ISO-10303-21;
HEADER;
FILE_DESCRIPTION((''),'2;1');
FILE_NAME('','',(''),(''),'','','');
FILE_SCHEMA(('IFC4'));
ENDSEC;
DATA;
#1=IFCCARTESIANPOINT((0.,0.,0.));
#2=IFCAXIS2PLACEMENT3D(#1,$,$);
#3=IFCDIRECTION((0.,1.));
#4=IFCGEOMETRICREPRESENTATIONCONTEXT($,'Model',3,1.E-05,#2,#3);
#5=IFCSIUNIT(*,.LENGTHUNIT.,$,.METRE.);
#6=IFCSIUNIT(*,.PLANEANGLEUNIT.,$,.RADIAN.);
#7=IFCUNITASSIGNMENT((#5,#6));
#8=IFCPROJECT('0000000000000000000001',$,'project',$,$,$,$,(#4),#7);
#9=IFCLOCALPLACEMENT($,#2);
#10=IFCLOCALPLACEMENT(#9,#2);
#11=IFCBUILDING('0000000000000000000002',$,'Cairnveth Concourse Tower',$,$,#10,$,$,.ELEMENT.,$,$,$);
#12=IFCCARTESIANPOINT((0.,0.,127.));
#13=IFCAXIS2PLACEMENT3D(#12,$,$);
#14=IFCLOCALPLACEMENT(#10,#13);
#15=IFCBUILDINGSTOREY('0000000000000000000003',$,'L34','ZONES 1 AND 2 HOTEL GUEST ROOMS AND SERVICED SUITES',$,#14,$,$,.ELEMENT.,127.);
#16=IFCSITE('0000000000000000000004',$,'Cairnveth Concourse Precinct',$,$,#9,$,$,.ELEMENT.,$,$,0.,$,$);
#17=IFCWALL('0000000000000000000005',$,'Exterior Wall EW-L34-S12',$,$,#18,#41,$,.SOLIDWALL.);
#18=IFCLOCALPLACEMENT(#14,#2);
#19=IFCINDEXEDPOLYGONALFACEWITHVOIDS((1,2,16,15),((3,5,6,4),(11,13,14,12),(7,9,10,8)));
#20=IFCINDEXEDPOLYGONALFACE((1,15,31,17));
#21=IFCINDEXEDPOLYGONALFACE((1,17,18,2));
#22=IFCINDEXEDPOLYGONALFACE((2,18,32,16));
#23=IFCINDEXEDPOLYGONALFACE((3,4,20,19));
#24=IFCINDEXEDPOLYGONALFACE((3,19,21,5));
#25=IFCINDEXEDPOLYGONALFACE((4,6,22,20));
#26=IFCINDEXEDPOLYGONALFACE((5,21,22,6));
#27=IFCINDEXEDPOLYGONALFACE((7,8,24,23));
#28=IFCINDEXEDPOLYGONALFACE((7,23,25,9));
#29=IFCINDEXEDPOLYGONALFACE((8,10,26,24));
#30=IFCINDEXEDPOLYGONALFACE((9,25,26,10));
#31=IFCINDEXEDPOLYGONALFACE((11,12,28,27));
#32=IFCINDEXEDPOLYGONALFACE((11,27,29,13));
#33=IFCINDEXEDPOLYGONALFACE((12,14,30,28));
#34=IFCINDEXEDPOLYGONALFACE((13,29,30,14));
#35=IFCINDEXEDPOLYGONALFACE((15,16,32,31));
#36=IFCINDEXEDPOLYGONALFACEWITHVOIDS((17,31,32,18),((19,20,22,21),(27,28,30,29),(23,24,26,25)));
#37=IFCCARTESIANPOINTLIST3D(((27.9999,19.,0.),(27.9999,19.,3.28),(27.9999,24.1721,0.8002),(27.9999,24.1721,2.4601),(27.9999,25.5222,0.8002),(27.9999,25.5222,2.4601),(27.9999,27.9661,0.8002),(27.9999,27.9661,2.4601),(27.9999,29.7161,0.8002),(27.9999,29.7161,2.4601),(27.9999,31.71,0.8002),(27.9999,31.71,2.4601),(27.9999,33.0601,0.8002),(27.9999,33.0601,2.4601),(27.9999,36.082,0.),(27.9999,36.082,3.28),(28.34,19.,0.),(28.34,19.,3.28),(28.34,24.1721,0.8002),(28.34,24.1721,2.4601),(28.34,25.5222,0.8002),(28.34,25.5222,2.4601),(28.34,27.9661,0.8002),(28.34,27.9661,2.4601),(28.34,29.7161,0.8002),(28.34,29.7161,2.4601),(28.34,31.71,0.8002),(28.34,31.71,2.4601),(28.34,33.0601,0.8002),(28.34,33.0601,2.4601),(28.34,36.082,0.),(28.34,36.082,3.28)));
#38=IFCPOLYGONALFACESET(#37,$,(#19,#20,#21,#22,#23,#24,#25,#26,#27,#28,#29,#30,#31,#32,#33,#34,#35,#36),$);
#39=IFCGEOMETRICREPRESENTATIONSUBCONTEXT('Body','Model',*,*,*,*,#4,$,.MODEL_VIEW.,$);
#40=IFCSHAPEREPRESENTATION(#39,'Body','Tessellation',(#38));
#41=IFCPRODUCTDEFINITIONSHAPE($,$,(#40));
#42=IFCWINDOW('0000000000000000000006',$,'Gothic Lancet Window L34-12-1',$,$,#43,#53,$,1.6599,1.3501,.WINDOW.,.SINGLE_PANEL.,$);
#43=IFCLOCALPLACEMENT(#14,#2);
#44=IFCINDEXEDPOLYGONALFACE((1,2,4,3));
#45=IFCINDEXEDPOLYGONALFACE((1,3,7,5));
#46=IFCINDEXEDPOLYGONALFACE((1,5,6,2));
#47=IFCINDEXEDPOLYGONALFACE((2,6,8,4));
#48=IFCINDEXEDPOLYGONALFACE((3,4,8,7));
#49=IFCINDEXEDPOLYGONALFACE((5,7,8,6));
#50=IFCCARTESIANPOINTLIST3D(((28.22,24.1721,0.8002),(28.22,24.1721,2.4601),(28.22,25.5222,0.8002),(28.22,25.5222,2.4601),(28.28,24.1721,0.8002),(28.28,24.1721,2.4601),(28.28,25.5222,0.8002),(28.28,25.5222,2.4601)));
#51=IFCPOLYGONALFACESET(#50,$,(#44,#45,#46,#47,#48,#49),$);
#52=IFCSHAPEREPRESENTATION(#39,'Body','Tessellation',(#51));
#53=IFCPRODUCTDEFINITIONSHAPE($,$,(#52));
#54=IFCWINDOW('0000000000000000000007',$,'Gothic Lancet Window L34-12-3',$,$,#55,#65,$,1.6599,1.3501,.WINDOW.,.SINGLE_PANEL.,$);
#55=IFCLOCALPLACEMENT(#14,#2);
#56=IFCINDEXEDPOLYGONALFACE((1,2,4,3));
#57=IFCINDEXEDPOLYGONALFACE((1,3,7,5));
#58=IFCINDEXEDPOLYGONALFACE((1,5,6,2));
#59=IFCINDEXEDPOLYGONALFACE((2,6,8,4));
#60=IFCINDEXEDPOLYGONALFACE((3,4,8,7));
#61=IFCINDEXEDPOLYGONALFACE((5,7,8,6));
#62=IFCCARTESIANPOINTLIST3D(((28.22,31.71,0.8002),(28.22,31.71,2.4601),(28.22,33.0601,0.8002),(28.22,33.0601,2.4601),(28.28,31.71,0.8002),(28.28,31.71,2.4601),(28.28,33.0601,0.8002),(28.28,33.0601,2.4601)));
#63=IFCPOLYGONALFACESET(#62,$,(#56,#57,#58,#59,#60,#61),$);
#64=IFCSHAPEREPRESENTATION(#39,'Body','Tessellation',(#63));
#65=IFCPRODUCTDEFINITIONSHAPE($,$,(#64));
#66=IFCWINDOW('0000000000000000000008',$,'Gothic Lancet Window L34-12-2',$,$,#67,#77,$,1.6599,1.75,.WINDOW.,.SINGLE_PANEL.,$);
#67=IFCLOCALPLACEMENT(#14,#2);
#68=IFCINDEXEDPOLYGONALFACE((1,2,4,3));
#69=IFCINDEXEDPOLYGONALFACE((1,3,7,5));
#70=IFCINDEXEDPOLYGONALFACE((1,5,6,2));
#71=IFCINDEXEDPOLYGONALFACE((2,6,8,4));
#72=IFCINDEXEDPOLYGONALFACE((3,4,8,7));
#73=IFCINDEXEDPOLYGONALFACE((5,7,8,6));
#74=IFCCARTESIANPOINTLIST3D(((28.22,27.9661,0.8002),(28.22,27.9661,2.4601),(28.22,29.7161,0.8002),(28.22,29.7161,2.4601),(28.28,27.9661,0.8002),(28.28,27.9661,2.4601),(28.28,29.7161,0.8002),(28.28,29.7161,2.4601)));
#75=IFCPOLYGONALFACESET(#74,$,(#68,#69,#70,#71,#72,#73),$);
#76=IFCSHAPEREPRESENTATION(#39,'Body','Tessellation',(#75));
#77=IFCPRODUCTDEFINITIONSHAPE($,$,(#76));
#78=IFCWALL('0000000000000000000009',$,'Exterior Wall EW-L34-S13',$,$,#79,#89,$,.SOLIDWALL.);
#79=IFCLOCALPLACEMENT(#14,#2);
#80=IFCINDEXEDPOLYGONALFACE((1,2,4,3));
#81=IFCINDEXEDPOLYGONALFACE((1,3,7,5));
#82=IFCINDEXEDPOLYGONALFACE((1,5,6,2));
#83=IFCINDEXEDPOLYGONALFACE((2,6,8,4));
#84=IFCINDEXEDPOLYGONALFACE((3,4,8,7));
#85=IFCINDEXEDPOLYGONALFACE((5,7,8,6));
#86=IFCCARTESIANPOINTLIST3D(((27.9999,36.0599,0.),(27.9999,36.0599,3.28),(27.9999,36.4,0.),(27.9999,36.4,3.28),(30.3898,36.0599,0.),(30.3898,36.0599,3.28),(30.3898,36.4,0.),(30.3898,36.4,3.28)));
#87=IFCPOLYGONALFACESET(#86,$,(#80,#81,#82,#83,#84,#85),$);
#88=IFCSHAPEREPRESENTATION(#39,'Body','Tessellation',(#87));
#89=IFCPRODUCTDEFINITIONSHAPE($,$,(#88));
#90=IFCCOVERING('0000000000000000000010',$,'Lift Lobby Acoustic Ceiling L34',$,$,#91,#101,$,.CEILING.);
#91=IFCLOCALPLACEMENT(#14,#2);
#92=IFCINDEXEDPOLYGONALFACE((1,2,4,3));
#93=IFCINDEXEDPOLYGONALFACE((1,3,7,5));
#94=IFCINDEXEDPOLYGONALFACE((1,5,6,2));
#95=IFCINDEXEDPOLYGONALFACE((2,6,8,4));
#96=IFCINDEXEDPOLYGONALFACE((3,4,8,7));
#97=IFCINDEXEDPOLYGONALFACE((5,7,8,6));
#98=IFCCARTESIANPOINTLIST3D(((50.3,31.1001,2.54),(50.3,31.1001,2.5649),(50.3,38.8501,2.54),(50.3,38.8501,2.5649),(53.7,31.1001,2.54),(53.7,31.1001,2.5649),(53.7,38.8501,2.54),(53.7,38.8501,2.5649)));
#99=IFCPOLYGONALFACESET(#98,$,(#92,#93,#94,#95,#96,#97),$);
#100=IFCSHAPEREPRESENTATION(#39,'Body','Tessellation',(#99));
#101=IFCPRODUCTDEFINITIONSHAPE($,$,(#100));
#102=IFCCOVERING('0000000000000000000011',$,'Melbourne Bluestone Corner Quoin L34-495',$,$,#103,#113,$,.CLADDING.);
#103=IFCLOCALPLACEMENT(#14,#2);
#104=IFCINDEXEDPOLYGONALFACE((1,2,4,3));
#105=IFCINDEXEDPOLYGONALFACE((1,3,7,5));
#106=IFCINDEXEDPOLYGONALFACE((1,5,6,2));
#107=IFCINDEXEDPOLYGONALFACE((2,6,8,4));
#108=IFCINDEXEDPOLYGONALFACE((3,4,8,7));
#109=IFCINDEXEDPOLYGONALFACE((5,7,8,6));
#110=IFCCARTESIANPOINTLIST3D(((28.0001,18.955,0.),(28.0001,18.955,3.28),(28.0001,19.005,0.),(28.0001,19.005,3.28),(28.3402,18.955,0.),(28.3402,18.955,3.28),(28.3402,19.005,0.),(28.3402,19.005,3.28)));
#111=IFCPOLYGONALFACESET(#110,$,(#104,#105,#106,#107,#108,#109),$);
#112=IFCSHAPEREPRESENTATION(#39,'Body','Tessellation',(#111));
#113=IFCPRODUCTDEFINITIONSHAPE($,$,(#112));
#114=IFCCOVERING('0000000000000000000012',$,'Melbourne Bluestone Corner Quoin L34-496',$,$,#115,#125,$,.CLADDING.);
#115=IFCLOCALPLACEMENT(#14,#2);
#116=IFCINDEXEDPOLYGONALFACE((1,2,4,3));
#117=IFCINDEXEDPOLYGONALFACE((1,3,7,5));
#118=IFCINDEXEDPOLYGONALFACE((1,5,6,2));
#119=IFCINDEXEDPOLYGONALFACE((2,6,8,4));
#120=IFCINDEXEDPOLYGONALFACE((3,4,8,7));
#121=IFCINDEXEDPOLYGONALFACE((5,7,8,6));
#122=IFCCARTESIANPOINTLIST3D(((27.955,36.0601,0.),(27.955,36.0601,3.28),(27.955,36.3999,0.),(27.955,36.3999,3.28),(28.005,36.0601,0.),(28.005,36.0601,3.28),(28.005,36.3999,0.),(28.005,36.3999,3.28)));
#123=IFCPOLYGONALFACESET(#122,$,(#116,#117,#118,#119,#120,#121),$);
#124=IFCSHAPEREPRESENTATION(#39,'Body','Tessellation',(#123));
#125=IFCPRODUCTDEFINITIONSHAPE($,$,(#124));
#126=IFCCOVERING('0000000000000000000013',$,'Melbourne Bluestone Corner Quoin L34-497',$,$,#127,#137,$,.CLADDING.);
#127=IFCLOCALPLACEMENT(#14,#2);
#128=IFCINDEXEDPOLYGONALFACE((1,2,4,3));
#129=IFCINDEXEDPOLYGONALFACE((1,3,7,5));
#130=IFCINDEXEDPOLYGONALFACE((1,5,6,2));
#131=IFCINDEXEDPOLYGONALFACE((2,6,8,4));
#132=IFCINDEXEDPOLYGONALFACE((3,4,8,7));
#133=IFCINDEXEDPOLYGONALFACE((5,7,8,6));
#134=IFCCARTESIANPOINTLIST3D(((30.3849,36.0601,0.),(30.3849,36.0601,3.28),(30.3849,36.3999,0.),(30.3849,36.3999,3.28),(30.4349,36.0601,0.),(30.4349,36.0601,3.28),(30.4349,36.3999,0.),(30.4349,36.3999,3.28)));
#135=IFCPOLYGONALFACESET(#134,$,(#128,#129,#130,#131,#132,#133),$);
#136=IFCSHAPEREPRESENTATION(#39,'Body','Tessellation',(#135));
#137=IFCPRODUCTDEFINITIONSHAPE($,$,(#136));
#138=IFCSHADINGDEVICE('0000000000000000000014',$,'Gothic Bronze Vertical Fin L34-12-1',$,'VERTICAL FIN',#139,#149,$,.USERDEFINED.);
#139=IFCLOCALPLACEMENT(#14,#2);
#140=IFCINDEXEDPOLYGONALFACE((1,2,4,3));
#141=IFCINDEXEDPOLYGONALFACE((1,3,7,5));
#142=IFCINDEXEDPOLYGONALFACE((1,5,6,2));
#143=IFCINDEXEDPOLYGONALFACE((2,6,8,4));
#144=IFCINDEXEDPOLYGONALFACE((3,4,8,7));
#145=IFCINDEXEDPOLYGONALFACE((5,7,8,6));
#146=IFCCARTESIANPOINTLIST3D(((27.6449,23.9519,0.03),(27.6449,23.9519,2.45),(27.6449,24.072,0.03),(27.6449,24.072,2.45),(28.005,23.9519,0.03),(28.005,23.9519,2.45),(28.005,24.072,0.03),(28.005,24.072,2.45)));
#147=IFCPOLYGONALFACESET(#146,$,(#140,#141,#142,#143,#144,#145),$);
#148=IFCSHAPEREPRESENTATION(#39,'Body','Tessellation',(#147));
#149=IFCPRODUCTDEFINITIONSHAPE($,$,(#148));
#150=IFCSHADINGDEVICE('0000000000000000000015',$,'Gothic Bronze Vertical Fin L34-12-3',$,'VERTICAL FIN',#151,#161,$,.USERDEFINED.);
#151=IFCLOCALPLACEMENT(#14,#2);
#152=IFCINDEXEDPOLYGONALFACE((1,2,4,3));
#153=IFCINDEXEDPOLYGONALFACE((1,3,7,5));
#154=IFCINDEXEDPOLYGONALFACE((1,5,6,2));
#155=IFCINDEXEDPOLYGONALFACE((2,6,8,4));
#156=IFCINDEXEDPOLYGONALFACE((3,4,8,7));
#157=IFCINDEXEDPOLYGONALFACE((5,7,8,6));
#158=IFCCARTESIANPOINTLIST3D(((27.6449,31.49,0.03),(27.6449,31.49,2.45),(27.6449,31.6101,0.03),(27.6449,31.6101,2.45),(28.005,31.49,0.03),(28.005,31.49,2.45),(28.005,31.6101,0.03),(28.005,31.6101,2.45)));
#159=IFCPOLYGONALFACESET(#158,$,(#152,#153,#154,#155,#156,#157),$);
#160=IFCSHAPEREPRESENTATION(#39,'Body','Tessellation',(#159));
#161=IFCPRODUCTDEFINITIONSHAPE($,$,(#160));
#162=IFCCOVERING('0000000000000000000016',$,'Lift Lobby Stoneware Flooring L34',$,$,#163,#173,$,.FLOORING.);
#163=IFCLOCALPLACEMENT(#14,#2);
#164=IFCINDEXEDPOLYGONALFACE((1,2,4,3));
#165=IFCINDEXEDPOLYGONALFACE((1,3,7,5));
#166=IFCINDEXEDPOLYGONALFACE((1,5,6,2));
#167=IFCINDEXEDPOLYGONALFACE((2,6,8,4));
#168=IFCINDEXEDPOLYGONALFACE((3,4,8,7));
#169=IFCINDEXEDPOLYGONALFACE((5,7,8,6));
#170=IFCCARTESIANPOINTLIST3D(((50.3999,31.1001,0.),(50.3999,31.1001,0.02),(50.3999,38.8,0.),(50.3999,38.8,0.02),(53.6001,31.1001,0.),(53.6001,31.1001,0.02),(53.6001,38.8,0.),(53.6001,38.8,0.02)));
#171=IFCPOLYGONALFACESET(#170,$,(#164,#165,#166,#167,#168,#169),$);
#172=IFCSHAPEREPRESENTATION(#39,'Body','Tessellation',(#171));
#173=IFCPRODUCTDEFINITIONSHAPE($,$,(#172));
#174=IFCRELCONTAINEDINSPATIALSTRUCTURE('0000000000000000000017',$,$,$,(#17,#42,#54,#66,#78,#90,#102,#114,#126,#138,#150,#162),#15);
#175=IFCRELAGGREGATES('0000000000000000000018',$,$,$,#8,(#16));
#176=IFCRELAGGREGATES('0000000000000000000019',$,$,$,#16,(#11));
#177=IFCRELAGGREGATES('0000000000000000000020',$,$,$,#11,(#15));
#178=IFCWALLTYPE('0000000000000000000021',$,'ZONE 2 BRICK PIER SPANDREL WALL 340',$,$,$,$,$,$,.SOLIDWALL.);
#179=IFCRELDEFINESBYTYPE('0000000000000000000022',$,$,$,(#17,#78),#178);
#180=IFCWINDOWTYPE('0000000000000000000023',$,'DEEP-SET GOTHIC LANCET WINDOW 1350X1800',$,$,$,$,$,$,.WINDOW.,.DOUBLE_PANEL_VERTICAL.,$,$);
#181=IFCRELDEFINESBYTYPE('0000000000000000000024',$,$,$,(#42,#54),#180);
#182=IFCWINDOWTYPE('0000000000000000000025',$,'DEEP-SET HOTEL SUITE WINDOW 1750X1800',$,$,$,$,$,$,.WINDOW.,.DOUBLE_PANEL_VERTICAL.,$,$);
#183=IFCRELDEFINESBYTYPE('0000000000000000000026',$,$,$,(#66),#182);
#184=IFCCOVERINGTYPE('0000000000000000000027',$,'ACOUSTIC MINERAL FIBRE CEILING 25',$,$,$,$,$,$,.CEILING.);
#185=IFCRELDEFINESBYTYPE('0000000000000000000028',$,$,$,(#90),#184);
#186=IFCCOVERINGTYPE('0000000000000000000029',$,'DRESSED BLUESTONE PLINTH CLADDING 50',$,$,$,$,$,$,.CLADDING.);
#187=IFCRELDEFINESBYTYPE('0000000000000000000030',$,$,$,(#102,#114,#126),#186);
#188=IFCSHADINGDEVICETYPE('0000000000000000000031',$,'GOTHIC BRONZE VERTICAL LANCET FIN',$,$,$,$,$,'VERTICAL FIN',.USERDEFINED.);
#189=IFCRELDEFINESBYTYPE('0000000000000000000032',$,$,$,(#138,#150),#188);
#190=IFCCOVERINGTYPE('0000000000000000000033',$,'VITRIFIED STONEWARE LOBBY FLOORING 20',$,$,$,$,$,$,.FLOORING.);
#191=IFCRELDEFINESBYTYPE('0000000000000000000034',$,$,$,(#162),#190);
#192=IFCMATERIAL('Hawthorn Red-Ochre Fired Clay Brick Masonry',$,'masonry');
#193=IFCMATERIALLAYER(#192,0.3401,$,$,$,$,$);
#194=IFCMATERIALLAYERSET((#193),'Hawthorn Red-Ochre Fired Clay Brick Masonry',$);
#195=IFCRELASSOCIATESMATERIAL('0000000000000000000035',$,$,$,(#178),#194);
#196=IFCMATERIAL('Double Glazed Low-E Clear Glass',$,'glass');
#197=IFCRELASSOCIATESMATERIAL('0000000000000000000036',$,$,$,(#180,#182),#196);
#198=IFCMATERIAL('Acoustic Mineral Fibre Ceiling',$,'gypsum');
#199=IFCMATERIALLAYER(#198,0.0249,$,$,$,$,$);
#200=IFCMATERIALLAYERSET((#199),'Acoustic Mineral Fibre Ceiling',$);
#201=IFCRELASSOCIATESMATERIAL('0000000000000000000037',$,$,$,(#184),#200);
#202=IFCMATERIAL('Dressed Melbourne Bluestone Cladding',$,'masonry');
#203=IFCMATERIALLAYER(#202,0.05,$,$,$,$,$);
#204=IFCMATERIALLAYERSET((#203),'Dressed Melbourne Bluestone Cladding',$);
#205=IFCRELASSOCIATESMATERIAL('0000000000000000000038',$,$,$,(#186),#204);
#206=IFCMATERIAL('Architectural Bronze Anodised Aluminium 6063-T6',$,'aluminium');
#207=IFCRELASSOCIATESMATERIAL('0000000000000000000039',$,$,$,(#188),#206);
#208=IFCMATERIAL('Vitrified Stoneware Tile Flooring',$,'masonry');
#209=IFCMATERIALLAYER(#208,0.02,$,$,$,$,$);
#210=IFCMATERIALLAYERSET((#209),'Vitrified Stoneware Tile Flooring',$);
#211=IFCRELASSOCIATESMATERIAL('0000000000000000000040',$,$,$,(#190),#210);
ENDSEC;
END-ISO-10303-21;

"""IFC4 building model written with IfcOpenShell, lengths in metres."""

from ifc_helpers import new_model, si_unit, direction, frame, frame_2d, origin, origin_2d, place, context, subcontext, project, spatial, polyline, rectangle, outline, extrude, material, layer, layer_set, type_object, element, fill, save


model = new_model("IFC4")

# Units and contexts
model_context = context("Model", 3, precision=1e-05, world=origin(), true_north=direction((0.0, 1.0)))
body_context = subcontext(model_context, "Body", "Model", "MODEL_VIEW")
ifc_project = project(units=[si_unit("LENGTHUNIT", "METRE"), si_unit("PLANEANGLEUNIT", "RADIAN")], contexts=[model_context])

# Site, building, storey
site_placement = place(None, origin())
site = spatial("IfcSite", under=ifc_project, at=site_placement, Name="Cairnveth Concourse Precinct", CompositionType="ELEMENT", RefElevation=0.0)
building_placement = place(site_placement, origin())
building = spatial("IfcBuilding", under=site, at=building_placement, Name="Cairnveth Concourse Tower", CompositionType="ELEMENT")
storey_placement = place(building_placement, frame((0.0, 0.0, 127.0)))
storey = spatial("IfcBuildingStorey", under=building, at=storey_placement, Name="L34", Description="ZONES 1 AND 2 HOTEL GUEST ROOMS AND SERVICED SUITES", CompositionType="ELEMENT", Elevation=127.0)

# Shared definitions
ifc_material_1 = material(Name="Hawthorn Red-Ochre Fired Clay Brick Masonry", Category="masonry")
ifc_layer_1 = layer(ifc_material_1, 0.3401)
ifc_layer_set_1 = layer_set([ifc_layer_1], Name="Hawthorn Red-Ochre Fired Clay Brick Masonry")
wall_type = type_object("IfcWallType", Name="ZONE 2 BRICK PIER SPANDREL WALL 340", PredefinedType="SOLIDWALL", material=ifc_layer_set_1)

# Wall, openings, windows
wall_1_placement = place(storey_placement, frame((28.1699, 19.0, 0.0), z_axis=(0.0, 0.0, 1.0), x_axis=(0.0, 1.0, 0.0)))
wall_1 = element("IfcWall", 1, at=wall_1_placement, inside=storey, type_object=wall_type, Name="Exterior Wall EW-L34-S12", PredefinedType="SOLIDWALL", context=body_context, shape_type="SweptSolid", body=[
    extrude(rectangle(XDim=17.082, YDim=0.3401, at=frame_2d((8.541, 0.0))), origin(), (0.0, 0.0, 1.0), 3.28),
])
opening_1_placement = place(wall_1_placement, frame((5.1721, 0.0, 0.8)))
opening_1 = element("IfcOpeningElement", 2, at=opening_1_placement, cuts=wall_1, PredefinedType="OPENING", context=body_context, shape_type="SweptSolid", body=[
    extrude(rectangle(XDim=1.3501, YDim=1.6599, at=frame_2d((0.675, 0.8301))), frame((0.0, 0.1799, 0.0), z_axis=(0.0, -1.0, 0.0), x_axis=(1.0, 0.0, 0.0)), (0.0, 0.0, 1.0), 0.3601),
])
opening_2_placement = place(wall_1_placement, frame((8.9661, 0.0, 0.8)))
opening_2 = element("IfcOpeningElement", 3, at=opening_2_placement, cuts=wall_1, PredefinedType="OPENING", context=body_context, shape_type="SweptSolid", body=[
    extrude(rectangle(XDim=1.75, YDim=1.6599, at=frame_2d((0.875, 0.8301))), frame((0.0, 0.1799, 0.0), z_axis=(0.0, -1.0, 0.0), x_axis=(1.0, 0.0, 0.0)), (0.0, 0.0, 1.0), 0.3601),
])
opening_3_placement = place(wall_1_placement, frame((12.71, 0.0, 0.8)))
opening_3 = element("IfcOpeningElement", 4, at=opening_3_placement, cuts=wall_1, PredefinedType="OPENING", context=body_context, shape_type="SweptSolid", body=[
    extrude(rectangle(XDim=1.3501, YDim=1.6599, at=frame_2d((0.675, 0.8301))), frame((0.0, 0.1799, 0.0), z_axis=(0.0, -1.0, 0.0), x_axis=(1.0, 0.0, 0.0)), (0.0, 0.0, 1.0), 0.3601),
])
ifc_material_2 = material(Name="Double Glazed Low-E Clear Glass", Category="glass")
window_type_1 = type_object("IfcWindowType", Name="DEEP-SET GOTHIC LANCET WINDOW 1350X1800", PartitioningType="DOUBLE_PANEL_VERTICAL", PredefinedType="WINDOW", material=ifc_material_2)
window_1_placement = place(opening_1_placement, origin())
window_1 = element("IfcWindow", 5, at=window_1_placement, inside=storey, type_object=window_type_1, Name="Gothic Lancet Window L34-12-1", OverallHeight=1.6599, OverallWidth=1.3501, PartitioningType="SINGLE_PANEL", PredefinedType="WINDOW", context=body_context, shape_type="SweptSolid", body=[
    extrude(rectangle(XDim=1.3501, YDim=1.6599, at=frame_2d((0.675, 0.8301))), frame((0.0, -0.05, 0.0), z_axis=(0.0, -1.0, 0.0), x_axis=(1.0, 0.0, 0.0)), (0.0, 0.0, 1.0), 0.0601),
])
fill(opening_1, window_1)
window_2_placement = place(opening_3_placement, origin())
window_2 = element("IfcWindow", 6, at=window_2_placement, inside=storey, type_object=window_type_1, Name="Gothic Lancet Window L34-12-3", OverallHeight=1.6599, OverallWidth=1.3501, PartitioningType="SINGLE_PANEL", PredefinedType="WINDOW", context=body_context, shape_type="SweptSolid", body=[
    extrude(rectangle(XDim=1.3501, YDim=1.6599, at=frame_2d((0.675, 0.8301))), frame((0.0, -0.05, 0.0), z_axis=(0.0, -1.0, 0.0), x_axis=(1.0, 0.0, 0.0)), (0.0, 0.0, 1.0), 0.0601),
])
fill(opening_3, window_2)
window_type_2 = type_object("IfcWindowType", Name="DEEP-SET HOTEL SUITE WINDOW 1750X1800", PartitioningType="DOUBLE_PANEL_VERTICAL", PredefinedType="WINDOW", material=ifc_material_2)
window_3_placement = place(opening_2_placement, origin())
window_3 = element("IfcWindow", 7, at=window_3_placement, inside=storey, type_object=window_type_2, Name="Gothic Lancet Window L34-12-2", OverallHeight=1.6599, OverallWidth=1.75, PartitioningType="SINGLE_PANEL", PredefinedType="WINDOW", context=body_context, shape_type="SweptSolid", body=[
    extrude(rectangle(XDim=1.75, YDim=1.6599, at=frame_2d((0.875, 0.8301))), frame((0.0, -0.05, 0.0), z_axis=(0.0, -1.0, 0.0), x_axis=(1.0, 0.0, 0.0)), (0.0, 0.0, 1.0), 0.0601),
])
fill(opening_2, window_3)

# Wall
wall_2_placement = place(storey_placement, frame((28.0, 36.23, 0.0), z_axis=(0.0, 0.0, 1.0), x_axis=(1.0, 0.0, 0.0)))
element("IfcWall", 8, at=wall_2_placement, inside=storey, type_object=wall_type, Name="Exterior Wall EW-L34-S13", PredefinedType="SOLIDWALL", context=body_context, shape_type="SweptSolid", body=[
    extrude(rectangle(XDim=2.3899, YDim=0.3401, at=frame_2d((1.1948, 0.0))), origin(), (0.0, 0.0, 1.0), 3.28),
])

# Shared definitions
ifc_material_3 = material(Name="Architectural Bronze Anodised Aluminium 6063-T6", Category="aluminium")

# Coverings
ifc_material_4 = material(Name="Acoustic Mineral Fibre Ceiling", Category="gypsum")
ifc_layer_2 = layer(ifc_material_4, 0.0249)
ifc_layer_set_2 = layer_set([ifc_layer_2], Name="Acoustic Mineral Fibre Ceiling")
covering_type_1 = type_object("IfcCoveringType", Name="ACOUSTIC MINERAL FIBRE CEILING 25", PredefinedType="CEILING", material=ifc_layer_set_2)
covering_1_placement = place(storey_placement, frame((0.0, 0.0, 2.54)))
element("IfcCovering", 9, at=covering_1_placement, inside=storey, type_object=covering_type_1, Name="Lift Lobby Acoustic Ceiling L34", PredefinedType="CEILING", context=body_context, shape_type="SweptSolid", body=[
    extrude(outline(polyline([(50.3, 31.1001), (53.7, 31.1001), (53.7, 38.8501), (50.3, 38.8501), (50.3, 31.1001)])), origin(), (0.0, 0.0, 1.0), 0.0249),
])
ifc_material_5 = material(Name="Dressed Melbourne Bluestone Cladding", Category="masonry")
ifc_layer_3 = layer(ifc_material_5, 0.05)
ifc_layer_set_3 = layer_set([ifc_layer_3], Name="Dressed Melbourne Bluestone Cladding")
covering_type_2 = type_object("IfcCoveringType", Name="DRESSED BLUESTONE PLINTH CLADDING 50", PredefinedType="CLADDING", material=ifc_layer_set_3)
covering_2_placement = place(storey_placement, frame((28.3401, 18.98, 0.0), z_axis=(0.0, 0.0, 1.0), x_axis=(-1.0, 0.0, 0.0)))
element("IfcCovering", 10, at=covering_2_placement, inside=storey, type_object=covering_type_2, Name="Melbourne Bluestone Corner Quoin L34-495", PredefinedType="CLADDING", context=body_context, shape_type="SweptSolid", body=[
    extrude(rectangle(XDim=0.3401, YDim=0.05, at=frame_2d((0.1699, 0.0))), origin(), (0.0, 0.0, 1.0), 3.28),
])
for number, where, z_axis, x_axis, name in (
    (11, (27.98, 36.0601, 0.0), (0.0, 0.0, 1.0), (0.0, 1.0, 0.0), "Melbourne Bluestone Corner Quoin L34-496"),
    (12, (30.4099, 36.0601, 0.0), (0.0, 0.0, 1.0), (0.0, 1.0, 0.0), "Melbourne Bluestone Corner Quoin L34-497"),
):
    element("IfcCovering", number, at=place(storey_placement, frame(where, z_axis=z_axis, x_axis=x_axis)), inside=storey, type_object=covering_type_2, Name=name, PredefinedType="CLADDING", context=body_context, shape_type="SweptSolid", body=[
        extrude(rectangle(XDim=0.3398, YDim=0.05, at=frame_2d((0.1699, 0.0))), origin(), (0.0, 0.0, 1.0), 3.28),
    ])

# Shading devices
shading_device_type = type_object("IfcShadingDeviceType", Name="GOTHIC BRONZE VERTICAL LANCET FIN", ElementType="VERTICAL FIN", PredefinedType="USERDEFINED", material=ifc_material_3)
for number, where, z_axis, x_axis, name in (
    (13, (27.825, 24.012, 0.03), (0.0, 0.0, 1.0), (0.0, 1.0, 0.0), "Gothic Bronze Vertical Fin L34-12-1"),
    (14, (27.825, 31.55, 0.03), (0.0, 0.0, 1.0), (0.0, 1.0, 0.0), "Gothic Bronze Vertical Fin L34-12-3"),
):
    element("IfcShadingDevice", number, at=place(storey_placement, frame(where, z_axis=z_axis, x_axis=x_axis)), inside=storey, type_object=shading_device_type, Name=name, ObjectType="VERTICAL FIN", PredefinedType="USERDEFINED", context=body_context, shape_type="SweptSolid", body=[
        extrude(rectangle(XDim=0.1201, YDim=0.3601, at=origin_2d()), origin(), (0.0, 0.0, 1.0), 2.4199),
    ])

# Covering
ifc_material_6 = material(Name="Vitrified Stoneware Tile Flooring", Category="masonry")
ifc_layer_4 = layer(ifc_material_6, 0.02)
ifc_layer_set_4 = layer_set([ifc_layer_4], Name="Vitrified Stoneware Tile Flooring")
covering_type_3 = type_object("IfcCoveringType", Name="VITRIFIED STONEWARE LOBBY FLOORING 20", PredefinedType="FLOORING", material=ifc_layer_set_4)
covering_3_placement = place(storey_placement, origin())
element("IfcCovering", 15, at=covering_3_placement, inside=storey, type_object=covering_type_3, Name="Lift Lobby Stoneware Flooring L34", PredefinedType="FLOORING", context=body_context, shape_type="SweptSolid", body=[
    extrude(outline(polyline([(50.3999, 31.1001), (53.6001, 31.1001), (53.6001, 38.8), (50.3999, 38.8), (50.3999, 31.1001)])), origin(), (0.0, 0.0, 1.0), 0.02),
])

save(model, "model.ifc")
